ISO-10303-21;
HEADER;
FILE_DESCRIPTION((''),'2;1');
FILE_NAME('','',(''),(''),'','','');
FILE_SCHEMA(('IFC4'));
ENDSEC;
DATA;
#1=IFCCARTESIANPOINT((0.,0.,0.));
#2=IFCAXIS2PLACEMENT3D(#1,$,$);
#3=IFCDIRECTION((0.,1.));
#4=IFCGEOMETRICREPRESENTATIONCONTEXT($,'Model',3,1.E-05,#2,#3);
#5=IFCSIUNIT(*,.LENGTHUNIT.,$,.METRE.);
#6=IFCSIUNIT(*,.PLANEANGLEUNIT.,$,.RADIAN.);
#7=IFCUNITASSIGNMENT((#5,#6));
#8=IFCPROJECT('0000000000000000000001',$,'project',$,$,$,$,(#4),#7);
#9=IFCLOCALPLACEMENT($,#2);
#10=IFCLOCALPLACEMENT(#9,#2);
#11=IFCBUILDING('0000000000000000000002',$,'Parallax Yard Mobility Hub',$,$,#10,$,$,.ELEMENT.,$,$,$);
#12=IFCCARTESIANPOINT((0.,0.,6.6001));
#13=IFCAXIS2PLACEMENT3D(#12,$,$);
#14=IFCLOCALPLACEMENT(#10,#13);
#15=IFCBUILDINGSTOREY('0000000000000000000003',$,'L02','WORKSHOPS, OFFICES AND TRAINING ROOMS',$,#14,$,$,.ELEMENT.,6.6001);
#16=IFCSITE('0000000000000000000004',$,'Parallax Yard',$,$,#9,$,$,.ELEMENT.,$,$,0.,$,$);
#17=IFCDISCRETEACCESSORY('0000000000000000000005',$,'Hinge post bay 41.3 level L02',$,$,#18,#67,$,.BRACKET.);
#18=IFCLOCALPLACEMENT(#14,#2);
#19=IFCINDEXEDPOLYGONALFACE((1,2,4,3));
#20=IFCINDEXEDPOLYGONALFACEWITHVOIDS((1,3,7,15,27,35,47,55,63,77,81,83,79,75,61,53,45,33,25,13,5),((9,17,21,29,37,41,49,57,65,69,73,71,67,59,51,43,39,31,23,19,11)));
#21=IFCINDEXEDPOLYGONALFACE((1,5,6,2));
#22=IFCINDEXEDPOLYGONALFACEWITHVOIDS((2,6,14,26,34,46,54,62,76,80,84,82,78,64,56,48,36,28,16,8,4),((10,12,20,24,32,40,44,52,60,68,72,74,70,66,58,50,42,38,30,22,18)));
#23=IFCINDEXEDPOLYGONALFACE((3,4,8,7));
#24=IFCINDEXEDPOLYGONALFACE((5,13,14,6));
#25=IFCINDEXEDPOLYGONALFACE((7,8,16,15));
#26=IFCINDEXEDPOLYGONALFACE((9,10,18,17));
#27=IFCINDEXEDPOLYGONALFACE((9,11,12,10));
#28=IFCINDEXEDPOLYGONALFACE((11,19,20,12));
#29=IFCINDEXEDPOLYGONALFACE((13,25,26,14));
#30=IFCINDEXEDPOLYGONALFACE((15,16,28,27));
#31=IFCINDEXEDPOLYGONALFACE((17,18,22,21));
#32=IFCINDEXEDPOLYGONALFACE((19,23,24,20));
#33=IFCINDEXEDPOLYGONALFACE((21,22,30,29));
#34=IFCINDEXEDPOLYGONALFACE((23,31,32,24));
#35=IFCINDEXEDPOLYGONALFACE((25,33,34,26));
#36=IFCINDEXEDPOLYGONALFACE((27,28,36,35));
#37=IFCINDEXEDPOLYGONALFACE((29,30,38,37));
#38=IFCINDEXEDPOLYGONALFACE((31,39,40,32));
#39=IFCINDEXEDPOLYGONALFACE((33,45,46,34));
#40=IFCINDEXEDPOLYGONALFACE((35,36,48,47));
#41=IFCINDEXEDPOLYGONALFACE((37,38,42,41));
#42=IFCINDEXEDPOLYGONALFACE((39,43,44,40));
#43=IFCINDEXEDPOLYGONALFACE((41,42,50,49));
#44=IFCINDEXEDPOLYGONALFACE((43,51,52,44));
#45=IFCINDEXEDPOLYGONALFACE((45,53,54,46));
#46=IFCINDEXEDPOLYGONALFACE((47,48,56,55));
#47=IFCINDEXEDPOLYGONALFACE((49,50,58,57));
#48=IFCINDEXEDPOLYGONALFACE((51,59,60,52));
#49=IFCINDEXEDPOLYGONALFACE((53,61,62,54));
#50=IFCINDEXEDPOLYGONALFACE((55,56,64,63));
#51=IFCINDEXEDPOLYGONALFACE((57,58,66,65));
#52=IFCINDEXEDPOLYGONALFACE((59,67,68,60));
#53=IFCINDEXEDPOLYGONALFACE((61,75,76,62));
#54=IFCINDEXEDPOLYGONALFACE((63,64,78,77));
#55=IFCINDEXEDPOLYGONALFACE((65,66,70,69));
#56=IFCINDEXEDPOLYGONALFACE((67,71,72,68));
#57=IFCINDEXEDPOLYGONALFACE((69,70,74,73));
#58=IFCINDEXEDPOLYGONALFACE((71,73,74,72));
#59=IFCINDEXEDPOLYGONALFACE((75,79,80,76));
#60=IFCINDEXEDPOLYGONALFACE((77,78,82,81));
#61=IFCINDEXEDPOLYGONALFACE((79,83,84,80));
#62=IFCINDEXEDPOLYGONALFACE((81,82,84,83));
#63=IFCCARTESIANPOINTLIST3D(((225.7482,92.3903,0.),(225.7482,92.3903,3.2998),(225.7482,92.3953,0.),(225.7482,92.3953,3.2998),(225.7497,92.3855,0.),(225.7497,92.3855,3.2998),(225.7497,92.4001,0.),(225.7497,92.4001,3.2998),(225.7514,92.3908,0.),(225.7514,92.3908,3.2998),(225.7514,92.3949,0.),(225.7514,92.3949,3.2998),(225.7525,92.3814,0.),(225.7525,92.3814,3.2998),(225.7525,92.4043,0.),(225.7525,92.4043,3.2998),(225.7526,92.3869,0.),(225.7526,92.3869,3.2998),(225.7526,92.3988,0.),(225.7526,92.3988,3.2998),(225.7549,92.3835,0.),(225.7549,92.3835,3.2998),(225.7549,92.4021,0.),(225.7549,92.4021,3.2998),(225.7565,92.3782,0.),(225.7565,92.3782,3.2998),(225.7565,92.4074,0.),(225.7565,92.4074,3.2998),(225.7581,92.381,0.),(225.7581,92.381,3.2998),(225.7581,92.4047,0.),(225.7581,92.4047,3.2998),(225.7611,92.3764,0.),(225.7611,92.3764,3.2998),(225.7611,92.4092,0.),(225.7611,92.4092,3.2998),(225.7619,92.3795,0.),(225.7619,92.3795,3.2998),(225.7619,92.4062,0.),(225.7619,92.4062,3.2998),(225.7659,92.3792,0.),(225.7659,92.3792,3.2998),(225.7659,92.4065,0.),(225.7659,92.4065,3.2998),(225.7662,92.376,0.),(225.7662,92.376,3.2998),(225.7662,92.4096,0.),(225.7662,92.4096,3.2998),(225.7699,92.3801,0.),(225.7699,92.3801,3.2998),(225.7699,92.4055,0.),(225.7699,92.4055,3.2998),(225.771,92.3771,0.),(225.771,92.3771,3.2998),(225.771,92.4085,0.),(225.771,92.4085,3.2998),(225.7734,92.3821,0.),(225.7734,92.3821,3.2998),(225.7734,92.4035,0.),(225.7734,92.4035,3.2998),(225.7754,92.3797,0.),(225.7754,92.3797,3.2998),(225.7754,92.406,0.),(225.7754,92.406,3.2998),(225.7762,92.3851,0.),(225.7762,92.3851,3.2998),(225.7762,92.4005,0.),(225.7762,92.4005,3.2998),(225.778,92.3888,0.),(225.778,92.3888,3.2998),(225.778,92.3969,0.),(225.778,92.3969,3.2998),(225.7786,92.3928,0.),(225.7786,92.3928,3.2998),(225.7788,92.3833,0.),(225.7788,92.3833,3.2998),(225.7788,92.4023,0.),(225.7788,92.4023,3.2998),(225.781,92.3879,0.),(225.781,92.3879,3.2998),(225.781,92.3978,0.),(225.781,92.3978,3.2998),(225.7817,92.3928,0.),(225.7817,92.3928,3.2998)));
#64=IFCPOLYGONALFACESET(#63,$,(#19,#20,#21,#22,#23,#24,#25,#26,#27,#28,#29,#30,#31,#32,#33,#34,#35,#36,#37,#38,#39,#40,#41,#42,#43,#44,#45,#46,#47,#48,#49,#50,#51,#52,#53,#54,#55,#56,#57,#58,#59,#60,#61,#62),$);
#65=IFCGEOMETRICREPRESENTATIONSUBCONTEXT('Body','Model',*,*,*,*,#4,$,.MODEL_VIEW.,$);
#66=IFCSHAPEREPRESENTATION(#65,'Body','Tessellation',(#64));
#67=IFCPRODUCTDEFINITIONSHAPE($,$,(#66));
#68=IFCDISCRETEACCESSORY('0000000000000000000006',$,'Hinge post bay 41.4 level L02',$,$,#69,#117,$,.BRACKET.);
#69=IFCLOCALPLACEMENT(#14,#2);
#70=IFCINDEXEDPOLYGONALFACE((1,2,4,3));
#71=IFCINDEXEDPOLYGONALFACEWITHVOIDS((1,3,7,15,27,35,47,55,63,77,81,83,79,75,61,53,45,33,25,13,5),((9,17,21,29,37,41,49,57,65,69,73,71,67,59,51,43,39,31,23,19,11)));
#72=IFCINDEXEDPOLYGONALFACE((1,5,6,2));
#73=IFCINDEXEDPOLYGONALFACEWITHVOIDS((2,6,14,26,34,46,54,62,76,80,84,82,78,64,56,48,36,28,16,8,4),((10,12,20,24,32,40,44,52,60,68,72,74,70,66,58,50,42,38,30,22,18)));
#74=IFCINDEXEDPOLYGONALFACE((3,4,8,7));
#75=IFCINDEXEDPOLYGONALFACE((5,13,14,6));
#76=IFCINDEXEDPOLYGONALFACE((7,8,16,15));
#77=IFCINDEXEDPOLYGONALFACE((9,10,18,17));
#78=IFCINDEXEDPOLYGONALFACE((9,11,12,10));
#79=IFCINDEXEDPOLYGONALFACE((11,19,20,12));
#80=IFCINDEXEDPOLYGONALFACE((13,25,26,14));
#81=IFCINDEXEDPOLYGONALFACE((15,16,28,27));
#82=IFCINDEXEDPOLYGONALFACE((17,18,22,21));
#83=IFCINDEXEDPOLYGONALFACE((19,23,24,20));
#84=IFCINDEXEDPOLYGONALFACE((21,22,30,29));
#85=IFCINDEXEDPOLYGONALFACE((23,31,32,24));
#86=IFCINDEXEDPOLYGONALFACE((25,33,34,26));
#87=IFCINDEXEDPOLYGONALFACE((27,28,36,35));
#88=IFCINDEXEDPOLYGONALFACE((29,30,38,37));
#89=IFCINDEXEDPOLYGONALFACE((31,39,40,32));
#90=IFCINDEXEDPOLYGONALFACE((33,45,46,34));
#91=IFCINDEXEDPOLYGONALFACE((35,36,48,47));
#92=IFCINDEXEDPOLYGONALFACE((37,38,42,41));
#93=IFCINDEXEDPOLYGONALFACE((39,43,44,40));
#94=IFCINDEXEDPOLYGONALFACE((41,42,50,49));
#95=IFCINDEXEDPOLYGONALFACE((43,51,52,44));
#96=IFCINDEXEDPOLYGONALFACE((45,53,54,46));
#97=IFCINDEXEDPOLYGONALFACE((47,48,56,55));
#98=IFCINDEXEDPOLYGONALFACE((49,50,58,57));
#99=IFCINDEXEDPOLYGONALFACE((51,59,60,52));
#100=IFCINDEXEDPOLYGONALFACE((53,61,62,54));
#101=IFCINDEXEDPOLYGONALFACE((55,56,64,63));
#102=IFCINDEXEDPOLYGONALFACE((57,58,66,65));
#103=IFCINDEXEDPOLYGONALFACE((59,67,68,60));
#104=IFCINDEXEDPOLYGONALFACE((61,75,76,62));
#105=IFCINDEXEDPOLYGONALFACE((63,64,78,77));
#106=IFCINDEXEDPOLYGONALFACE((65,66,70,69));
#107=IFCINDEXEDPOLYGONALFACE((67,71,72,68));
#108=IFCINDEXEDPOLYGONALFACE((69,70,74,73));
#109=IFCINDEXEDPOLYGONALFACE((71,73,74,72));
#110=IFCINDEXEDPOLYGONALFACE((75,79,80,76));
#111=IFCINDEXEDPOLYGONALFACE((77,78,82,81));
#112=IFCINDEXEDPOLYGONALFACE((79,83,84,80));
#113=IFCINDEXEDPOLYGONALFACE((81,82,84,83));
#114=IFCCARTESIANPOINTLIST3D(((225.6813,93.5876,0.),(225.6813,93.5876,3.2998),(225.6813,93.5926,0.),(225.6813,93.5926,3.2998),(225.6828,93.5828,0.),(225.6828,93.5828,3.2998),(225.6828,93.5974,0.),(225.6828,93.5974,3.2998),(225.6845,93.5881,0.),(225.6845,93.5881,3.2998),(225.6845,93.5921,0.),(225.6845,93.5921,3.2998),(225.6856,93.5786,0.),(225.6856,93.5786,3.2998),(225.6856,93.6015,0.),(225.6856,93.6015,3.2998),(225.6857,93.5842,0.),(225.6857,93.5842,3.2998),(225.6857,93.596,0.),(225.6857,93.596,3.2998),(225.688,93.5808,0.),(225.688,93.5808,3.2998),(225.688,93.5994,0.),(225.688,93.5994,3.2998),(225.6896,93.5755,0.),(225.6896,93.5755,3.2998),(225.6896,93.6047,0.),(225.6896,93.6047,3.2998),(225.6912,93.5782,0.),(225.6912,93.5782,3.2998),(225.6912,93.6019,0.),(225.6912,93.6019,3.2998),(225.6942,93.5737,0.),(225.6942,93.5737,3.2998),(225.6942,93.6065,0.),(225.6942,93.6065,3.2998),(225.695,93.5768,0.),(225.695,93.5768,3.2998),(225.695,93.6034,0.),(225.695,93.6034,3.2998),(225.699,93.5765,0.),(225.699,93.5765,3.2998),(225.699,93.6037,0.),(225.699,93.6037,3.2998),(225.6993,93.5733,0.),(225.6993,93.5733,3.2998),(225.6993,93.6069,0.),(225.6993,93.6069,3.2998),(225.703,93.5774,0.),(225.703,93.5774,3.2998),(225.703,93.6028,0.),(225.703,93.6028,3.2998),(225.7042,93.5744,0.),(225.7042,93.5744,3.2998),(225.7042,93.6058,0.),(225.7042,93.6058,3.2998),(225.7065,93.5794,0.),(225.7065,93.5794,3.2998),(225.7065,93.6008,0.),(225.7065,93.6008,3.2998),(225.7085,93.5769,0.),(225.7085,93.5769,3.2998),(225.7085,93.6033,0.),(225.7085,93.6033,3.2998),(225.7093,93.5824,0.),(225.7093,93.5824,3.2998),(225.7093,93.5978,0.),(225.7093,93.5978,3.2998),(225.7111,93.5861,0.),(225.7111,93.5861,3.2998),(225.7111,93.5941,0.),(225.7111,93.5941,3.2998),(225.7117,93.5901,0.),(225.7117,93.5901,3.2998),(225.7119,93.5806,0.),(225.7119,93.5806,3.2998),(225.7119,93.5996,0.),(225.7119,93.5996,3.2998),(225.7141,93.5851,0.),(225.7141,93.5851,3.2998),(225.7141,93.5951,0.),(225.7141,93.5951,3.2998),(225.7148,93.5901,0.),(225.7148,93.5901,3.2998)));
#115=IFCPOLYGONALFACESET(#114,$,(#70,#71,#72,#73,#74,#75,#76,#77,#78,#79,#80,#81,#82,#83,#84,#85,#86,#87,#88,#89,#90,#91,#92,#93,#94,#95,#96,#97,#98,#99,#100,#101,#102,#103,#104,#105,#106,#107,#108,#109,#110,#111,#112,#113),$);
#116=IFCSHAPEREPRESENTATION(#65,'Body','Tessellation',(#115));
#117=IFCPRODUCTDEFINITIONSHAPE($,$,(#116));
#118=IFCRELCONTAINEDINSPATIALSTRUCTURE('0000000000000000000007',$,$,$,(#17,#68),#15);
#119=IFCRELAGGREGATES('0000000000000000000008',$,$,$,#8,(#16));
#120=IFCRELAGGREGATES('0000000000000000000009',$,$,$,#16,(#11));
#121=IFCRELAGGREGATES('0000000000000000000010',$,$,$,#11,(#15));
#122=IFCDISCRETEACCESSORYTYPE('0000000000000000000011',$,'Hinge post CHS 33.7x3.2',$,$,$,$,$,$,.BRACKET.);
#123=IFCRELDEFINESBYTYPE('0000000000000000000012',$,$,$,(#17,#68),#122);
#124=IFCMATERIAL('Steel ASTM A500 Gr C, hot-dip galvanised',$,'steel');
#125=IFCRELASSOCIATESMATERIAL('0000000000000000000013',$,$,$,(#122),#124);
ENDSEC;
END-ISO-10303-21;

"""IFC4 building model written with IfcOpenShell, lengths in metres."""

from ifc_helpers import new_model, si_unit, direction, frame, origin, origin_2d, place, context, subcontext, project, spatial, hollow_circle, extrude, material, material_profile, profile_set, type_object, element, save


model = new_model("IFC4")

# Units and contexts
model_context = context("Model", 3, precision=1e-05, world=origin(), true_north=direction((0.0, 1.0)))
body_context = subcontext(model_context, "Body", "Model", "MODEL_VIEW")
ifc_project = project(units=[si_unit("LENGTHUNIT", "METRE"), si_unit("PLANEANGLEUNIT", "RADIAN")], contexts=[model_context])

# Site, building, storey
site_placement = place(None, origin())
site = spatial("IfcSite", under=ifc_project, at=site_placement, Name="Parallax Yard", CompositionType="ELEMENT", RefElevation=0.0)
building_placement = place(site_placement, origin())
building = spatial("IfcBuilding", under=site, at=building_placement, Name="Parallax Yard Mobility Hub", CompositionType="ELEMENT")
storey_placement = place(building_placement, frame((0.0, 0.0, 6.6001)))
storey = spatial("IfcBuildingStorey", under=building, at=storey_placement, Name="L02", Description="WORKSHOPS, OFFICES AND TRAINING ROOMS", CompositionType="ELEMENT", Elevation=6.6001)

# Discrete accessories
ifc_material_1 = material(Name="Steel ASTM A500 Gr C, hot-dip galvanised", Category="steel")
ifc_material_profile_1 = material_profile(ifc_material_1, hollow_circle(Radius=0.0168, WallThickness=0.0032, at=origin_2d()), Name="CHS 33.7x3.2")
ifc_profile_set_1 = profile_set([ifc_material_profile_1], Name="Steel ASTM A500 Gr C, hot-dip galvanised")
discrete_accessory_type_1 = type_object("IfcDiscreteAccessoryType", Name="Hinge post CHS 33.7x3.2", PredefinedType="BRACKET", material=ifc_profile_set_1)
for number, where, z_axis, x_axis, name in (
    (1, (225.7649, 92.3928, 0.0), (0.0, 0.0, 1.0), (1.0, 0.0, 0.0), "Hinge post bay 41.3 level L02"),
    (2, (225.698, 93.5901, 0.0), (0.0, 0.0, 1.0), (1.0, 0.0, 0.0), "Hinge post bay 41.4 level L02"),
):
    element("IfcDiscreteAccessory", number, at=place(storey_placement, frame(where, z_axis=z_axis, x_axis=x_axis)), inside=storey, type_object=discrete_accessory_type_1, Name=name, PredefinedType="BRACKET", context=body_context, shape_type="SweptSolid", body=[
        extrude(hollow_circle(Radius=0.0168, WallThickness=0.0032, at=origin_2d()), origin(), (0.0, 0.0, 1.0), 3.2998),
    ])

save(model, "model.ifc")
